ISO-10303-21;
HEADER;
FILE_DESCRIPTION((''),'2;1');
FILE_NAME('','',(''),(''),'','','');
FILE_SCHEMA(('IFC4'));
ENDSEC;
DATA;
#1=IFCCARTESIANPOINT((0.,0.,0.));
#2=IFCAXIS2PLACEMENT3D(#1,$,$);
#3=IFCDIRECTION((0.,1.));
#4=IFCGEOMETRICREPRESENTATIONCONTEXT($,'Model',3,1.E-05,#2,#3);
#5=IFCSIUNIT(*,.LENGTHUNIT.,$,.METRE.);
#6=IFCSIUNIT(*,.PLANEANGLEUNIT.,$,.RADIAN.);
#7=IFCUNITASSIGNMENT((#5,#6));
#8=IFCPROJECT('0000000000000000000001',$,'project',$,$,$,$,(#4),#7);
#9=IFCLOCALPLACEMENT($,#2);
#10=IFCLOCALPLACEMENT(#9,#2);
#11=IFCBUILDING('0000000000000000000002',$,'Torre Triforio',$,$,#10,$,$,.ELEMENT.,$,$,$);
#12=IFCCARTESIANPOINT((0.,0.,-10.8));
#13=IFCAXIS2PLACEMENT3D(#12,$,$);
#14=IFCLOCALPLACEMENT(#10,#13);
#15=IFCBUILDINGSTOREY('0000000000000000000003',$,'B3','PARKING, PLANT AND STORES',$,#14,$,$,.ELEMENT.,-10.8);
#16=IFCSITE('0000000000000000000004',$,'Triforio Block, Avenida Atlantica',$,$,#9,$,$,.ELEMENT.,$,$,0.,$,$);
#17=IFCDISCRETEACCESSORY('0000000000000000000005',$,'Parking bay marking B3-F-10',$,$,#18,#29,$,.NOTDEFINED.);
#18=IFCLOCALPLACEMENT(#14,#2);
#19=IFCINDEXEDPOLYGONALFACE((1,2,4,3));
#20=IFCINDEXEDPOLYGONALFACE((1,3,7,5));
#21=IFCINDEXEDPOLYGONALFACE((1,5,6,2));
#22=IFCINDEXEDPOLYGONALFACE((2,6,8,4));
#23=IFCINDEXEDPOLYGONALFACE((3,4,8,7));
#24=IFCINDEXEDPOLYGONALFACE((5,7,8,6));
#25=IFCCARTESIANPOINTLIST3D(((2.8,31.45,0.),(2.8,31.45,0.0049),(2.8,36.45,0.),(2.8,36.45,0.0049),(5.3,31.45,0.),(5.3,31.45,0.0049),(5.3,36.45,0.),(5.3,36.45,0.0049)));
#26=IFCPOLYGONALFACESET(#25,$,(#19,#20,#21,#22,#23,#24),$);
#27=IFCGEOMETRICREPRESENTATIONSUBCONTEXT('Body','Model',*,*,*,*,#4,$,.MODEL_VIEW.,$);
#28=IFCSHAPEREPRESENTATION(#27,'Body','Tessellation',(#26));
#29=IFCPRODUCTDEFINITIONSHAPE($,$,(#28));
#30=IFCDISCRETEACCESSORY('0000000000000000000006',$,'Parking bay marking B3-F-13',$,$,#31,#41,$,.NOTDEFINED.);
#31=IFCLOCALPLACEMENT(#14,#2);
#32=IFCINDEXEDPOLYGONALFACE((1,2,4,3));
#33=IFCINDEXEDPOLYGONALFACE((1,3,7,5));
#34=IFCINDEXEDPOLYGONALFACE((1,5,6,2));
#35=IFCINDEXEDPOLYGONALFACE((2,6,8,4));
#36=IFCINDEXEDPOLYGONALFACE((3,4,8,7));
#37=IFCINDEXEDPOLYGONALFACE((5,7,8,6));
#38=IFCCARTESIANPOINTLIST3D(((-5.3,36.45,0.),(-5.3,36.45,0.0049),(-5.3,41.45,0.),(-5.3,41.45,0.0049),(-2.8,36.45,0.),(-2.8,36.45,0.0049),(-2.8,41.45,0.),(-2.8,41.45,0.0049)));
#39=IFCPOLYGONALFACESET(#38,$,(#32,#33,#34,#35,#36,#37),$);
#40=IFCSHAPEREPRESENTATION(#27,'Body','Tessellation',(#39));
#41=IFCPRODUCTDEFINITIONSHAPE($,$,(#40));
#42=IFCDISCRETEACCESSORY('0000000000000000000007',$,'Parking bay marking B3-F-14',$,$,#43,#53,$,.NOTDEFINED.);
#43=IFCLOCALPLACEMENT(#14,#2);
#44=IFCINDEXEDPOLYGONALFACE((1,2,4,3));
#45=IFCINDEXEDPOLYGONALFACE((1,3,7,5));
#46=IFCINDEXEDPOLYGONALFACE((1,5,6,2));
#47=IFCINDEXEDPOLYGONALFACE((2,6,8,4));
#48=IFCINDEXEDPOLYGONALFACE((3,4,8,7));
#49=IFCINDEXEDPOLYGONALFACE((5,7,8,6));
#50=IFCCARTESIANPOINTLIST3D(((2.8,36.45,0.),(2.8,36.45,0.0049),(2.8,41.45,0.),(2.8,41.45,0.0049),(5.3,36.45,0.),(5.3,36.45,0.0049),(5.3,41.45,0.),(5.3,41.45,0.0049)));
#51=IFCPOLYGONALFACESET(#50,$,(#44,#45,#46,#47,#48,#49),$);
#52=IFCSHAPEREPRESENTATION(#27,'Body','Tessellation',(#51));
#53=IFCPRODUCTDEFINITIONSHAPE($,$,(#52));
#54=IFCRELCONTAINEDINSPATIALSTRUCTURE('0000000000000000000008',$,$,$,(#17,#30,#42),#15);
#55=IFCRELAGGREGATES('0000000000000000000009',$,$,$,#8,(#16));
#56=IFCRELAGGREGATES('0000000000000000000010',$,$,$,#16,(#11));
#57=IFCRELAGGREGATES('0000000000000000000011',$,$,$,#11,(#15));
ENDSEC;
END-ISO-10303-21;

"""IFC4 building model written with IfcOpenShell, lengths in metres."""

from ifc_helpers import new_model, si_unit, direction, frame, origin, origin_2d, place, context, subcontext, project, spatial, rectangle, extrude, element, save


model = new_model("IFC4")

# Units and contexts
model_context = context("Model", 3, precision=1e-05, world=origin(), true_north=direction((0.0, 1.0)))
body_context = subcontext(model_context, "Body", "Model", "MODEL_VIEW")
ifc_project = project(units=[si_unit("LENGTHUNIT", "METRE"), si_unit("PLANEANGLEUNIT", "RADIAN")], contexts=[model_context])

# Site, building, storey
site_placement = place(None, origin())
site = spatial("IfcSite", under=ifc_project, at=site_placement, Name="Triforio Block, Avenida Atlantica", CompositionType="ELEMENT", RefElevation=0.0)
building_placement = place(site_placement, origin())
building = spatial("IfcBuilding", under=site, at=building_placement, Name="Torre Triforio", CompositionType="ELEMENT")
storey_placement = place(building_placement, frame((0.0, 0.0, -10.8)))
storey = spatial("IfcBuildingStorey", under=building, at=storey_placement, Name="B3", Description="PARKING, PLANT AND STORES", CompositionType="ELEMENT", Elevation=-10.8)

# Discrete accessories
for number, where, z_axis, x_axis, name in (
    (1, (4.05, 33.95, 0.0), (0.0, 0.0, 1.0), (1.0, 0.0, 0.0), "Parking bay marking B3-F-10"),
    (2, (-4.05, 38.95, 0.0), (0.0, 0.0, 1.0), (1.0, 0.0, 0.0), "Parking bay marking B3-F-13"),
    (3, (4.05, 38.95, 0.0), (0.0, 0.0, 1.0), (1.0, 0.0, 0.0), "Parking bay marking B3-F-14"),
):
    element("IfcDiscreteAccessory", number, at=place(storey_placement, frame(where, z_axis=z_axis, x_axis=x_axis)), inside=storey, Name=name, PredefinedType="NOTDEFINED", context=body_context, shape_type="SweptSolid", body=[
        extrude(rectangle(XDim=2.5, YDim=5.0, at=origin_2d()), origin(), (0.0, 0.0, 1.0), 0.0049),
    ])

save(model, "model.ifc")
